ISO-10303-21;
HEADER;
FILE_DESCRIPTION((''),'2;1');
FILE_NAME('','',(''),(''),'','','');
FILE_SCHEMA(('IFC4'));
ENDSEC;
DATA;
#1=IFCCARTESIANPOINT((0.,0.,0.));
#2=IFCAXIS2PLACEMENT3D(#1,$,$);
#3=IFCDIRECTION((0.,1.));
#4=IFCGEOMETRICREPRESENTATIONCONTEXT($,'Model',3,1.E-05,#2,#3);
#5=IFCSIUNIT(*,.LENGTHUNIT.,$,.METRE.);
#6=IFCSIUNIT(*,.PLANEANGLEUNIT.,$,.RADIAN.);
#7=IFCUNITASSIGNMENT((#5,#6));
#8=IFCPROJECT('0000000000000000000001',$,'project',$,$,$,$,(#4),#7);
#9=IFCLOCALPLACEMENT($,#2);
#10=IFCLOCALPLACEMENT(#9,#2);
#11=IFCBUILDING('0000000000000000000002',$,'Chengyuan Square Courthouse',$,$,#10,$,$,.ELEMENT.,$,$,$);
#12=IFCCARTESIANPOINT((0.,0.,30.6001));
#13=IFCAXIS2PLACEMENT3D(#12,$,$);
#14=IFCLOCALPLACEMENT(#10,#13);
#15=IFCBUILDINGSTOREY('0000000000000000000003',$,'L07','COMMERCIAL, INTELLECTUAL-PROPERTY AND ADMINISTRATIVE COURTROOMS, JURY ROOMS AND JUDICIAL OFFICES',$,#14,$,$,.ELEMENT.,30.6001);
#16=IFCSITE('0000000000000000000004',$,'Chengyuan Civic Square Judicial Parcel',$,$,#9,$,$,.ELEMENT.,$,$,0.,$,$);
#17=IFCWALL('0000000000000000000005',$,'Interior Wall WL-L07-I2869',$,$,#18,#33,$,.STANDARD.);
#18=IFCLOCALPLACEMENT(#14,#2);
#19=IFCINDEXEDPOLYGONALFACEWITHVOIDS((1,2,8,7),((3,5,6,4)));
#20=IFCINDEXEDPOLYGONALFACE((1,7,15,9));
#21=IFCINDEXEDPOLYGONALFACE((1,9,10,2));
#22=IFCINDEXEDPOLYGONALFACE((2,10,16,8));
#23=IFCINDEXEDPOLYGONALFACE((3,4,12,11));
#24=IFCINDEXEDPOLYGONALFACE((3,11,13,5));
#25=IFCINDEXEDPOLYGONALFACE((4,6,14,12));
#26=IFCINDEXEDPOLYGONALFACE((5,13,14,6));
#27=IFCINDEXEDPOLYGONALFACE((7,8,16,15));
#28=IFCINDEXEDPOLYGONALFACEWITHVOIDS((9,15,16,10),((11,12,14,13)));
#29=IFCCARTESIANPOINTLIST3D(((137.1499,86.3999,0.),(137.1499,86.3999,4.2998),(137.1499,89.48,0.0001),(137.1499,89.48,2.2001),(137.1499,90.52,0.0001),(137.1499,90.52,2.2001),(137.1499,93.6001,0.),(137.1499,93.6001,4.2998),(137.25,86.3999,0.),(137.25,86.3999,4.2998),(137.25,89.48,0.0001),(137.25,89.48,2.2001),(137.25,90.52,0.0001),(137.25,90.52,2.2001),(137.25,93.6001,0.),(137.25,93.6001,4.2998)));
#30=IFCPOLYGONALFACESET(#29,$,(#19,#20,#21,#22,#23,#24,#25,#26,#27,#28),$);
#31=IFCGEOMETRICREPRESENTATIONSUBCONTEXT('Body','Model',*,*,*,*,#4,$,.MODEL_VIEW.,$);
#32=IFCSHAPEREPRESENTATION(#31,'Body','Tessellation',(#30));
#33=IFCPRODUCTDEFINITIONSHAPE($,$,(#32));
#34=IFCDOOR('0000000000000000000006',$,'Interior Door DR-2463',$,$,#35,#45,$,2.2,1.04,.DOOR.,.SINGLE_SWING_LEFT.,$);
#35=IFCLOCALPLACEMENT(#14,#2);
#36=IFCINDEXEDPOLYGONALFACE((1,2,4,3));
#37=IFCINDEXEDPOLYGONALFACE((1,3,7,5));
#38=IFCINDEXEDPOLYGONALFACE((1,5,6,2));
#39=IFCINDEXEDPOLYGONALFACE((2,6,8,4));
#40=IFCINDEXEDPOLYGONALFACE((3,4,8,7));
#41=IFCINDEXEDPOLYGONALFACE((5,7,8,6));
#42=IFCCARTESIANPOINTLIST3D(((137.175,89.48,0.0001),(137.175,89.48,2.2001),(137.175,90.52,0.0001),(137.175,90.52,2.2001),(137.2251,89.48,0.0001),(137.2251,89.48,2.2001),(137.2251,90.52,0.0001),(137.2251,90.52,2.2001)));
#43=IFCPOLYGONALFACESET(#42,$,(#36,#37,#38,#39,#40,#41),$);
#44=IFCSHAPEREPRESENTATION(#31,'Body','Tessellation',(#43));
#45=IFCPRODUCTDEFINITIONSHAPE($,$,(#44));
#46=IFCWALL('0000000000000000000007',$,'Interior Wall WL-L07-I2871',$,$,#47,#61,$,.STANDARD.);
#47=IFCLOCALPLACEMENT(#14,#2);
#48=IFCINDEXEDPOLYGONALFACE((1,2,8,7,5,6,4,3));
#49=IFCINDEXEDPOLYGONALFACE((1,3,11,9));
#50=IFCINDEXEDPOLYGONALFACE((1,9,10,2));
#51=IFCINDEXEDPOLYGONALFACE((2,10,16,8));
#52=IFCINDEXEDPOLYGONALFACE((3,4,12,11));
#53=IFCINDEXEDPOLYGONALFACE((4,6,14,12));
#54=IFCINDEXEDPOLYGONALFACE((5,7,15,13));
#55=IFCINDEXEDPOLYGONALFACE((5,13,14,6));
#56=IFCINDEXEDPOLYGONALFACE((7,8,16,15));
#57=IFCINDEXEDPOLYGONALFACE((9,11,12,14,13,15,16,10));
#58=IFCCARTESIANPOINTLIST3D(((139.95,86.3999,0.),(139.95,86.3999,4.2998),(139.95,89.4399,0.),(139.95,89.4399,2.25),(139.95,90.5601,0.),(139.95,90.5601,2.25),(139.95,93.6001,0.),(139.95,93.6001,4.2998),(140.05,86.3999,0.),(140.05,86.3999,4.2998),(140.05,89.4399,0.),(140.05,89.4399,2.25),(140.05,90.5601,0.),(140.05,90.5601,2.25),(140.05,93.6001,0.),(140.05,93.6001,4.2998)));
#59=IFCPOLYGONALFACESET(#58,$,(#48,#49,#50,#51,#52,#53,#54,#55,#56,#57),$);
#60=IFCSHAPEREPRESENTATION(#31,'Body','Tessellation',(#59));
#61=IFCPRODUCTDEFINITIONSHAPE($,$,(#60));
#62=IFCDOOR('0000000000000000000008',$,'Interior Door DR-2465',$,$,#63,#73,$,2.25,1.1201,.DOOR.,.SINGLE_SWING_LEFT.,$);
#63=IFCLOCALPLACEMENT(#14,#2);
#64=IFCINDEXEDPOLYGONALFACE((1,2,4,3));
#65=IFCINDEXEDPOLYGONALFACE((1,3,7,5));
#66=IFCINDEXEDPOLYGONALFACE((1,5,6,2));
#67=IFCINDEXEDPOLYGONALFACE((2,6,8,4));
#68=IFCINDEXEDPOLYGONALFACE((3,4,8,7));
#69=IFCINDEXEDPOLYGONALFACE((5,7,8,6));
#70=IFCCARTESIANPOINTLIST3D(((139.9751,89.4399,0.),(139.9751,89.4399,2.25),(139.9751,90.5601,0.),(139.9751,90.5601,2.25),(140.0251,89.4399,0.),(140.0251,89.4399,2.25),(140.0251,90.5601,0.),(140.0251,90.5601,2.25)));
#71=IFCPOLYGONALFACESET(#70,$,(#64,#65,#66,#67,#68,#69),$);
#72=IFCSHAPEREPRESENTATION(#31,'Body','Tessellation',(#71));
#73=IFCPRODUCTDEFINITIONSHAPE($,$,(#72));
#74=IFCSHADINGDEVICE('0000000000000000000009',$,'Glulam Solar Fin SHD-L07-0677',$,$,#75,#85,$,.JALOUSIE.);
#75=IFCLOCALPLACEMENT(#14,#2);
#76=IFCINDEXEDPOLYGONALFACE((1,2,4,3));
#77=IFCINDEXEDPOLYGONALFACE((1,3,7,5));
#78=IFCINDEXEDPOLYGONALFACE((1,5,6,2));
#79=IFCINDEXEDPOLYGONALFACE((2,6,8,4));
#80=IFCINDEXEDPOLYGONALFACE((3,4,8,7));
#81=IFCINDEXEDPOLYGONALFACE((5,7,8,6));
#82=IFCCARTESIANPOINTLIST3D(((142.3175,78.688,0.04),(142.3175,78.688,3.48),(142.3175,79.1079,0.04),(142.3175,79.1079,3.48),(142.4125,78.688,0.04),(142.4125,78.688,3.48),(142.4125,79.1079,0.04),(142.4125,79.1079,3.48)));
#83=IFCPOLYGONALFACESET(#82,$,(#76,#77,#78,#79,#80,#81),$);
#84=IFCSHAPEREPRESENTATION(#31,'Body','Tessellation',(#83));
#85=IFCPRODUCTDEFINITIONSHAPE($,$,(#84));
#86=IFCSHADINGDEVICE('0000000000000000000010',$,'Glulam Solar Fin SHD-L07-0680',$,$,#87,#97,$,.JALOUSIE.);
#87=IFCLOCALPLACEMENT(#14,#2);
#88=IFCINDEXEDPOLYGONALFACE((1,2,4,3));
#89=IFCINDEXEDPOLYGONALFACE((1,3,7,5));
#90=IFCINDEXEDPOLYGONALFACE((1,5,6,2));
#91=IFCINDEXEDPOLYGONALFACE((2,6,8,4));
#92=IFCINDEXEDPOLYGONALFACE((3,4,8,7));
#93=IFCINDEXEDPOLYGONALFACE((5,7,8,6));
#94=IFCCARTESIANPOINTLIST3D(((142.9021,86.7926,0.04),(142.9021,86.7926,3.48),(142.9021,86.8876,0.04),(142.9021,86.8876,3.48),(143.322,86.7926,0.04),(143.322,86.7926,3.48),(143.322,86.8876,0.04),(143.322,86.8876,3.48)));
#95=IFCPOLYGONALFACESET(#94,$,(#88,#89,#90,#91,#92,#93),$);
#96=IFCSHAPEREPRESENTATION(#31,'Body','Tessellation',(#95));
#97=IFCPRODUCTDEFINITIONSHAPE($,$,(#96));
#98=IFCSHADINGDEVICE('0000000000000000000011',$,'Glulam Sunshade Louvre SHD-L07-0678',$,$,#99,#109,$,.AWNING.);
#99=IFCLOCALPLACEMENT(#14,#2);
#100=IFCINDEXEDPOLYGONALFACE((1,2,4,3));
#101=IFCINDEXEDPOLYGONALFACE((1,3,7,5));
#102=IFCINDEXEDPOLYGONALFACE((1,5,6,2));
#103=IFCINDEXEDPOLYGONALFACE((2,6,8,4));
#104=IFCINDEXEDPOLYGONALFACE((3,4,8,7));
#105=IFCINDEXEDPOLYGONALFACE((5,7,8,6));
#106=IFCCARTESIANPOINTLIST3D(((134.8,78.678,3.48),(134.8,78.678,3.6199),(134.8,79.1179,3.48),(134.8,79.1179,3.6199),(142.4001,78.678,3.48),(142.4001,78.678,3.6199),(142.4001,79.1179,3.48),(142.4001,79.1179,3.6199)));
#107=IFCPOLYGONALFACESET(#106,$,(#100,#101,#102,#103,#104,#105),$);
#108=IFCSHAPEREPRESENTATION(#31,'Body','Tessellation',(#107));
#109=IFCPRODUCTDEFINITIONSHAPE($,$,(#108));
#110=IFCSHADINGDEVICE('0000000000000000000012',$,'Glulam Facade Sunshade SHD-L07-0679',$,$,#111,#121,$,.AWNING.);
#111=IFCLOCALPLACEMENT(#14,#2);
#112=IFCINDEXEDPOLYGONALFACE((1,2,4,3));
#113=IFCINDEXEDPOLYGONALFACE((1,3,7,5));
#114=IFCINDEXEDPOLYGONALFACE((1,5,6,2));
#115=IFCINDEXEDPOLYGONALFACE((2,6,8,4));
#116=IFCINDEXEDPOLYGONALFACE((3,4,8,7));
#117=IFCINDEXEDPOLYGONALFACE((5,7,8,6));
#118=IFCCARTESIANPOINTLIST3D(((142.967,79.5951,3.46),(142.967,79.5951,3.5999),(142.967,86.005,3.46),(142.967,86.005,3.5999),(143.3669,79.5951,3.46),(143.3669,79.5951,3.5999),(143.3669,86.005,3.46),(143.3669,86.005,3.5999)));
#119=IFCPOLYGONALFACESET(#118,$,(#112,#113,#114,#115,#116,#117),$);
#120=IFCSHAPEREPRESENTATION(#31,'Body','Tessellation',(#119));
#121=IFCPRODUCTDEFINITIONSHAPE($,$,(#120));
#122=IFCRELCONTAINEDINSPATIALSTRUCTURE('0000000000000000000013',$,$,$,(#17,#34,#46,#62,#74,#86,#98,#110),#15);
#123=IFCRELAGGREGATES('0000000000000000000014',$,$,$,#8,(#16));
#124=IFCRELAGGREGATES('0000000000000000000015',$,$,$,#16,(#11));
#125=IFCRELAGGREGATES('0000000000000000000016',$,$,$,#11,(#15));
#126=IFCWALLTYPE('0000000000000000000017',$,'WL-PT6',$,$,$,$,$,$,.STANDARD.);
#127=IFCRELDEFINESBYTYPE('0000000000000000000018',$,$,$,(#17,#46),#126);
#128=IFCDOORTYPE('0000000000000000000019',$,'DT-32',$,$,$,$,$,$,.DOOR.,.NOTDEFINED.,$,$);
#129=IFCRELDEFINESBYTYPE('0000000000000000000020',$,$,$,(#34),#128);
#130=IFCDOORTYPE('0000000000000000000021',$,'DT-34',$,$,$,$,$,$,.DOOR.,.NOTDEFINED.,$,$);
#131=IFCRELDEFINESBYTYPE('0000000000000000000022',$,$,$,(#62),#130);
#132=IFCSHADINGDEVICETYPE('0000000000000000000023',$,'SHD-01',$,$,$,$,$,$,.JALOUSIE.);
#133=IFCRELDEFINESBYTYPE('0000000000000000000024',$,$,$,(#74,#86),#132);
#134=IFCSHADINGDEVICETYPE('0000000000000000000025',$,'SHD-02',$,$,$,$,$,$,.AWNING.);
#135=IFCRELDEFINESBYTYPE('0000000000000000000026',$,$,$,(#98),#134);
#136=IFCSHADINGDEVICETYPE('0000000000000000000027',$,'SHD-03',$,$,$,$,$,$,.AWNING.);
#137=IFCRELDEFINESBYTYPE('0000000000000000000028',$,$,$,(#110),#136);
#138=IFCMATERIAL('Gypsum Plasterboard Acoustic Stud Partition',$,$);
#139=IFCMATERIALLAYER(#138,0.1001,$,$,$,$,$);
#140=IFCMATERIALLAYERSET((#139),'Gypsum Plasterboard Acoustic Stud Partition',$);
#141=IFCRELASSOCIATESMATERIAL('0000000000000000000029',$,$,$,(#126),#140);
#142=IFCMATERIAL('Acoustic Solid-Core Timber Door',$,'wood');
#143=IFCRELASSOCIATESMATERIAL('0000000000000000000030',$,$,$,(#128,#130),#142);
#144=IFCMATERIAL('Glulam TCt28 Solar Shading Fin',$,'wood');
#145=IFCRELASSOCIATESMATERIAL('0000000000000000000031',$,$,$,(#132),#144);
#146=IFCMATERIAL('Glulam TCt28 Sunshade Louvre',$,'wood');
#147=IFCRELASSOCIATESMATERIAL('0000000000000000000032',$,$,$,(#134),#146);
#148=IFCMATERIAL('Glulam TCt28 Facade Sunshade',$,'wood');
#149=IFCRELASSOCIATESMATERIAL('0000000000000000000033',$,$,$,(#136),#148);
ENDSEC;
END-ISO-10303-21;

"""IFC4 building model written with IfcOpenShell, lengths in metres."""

from ifc_helpers import new_model, si_unit, direction, frame, frame_2d, origin, origin_2d, place, context, subcontext, project, spatial, rectangle, extrude, material, layer, layer_set, type_object, element, fill, save


model = new_model("IFC4")

# Units and contexts
model_context = context("Model", 3, precision=1e-05, world=origin(), true_north=direction((0.0, 1.0)))
body_context = subcontext(model_context, "Body", "Model", "MODEL_VIEW")
ifc_project = project(units=[si_unit("LENGTHUNIT", "METRE"), si_unit("PLANEANGLEUNIT", "RADIAN")], contexts=[model_context])

# Site, building, storey
site_placement = place(None, origin())
site = spatial("IfcSite", under=ifc_project, at=site_placement, Name="Chengyuan Civic Square Judicial Parcel", CompositionType="ELEMENT", RefElevation=0.0)
building_placement = place(site_placement, origin())
building = spatial("IfcBuilding", under=site, at=building_placement, Name="Chengyuan Square Courthouse", CompositionType="ELEMENT")
storey_placement = place(building_placement, frame((0.0, 0.0, 30.6001)))
storey = spatial("IfcBuildingStorey", under=building, at=storey_placement, Name="L07", Description="COMMERCIAL, INTELLECTUAL-PROPERTY AND ADMINISTRATIVE COURTROOMS, JURY ROOMS AND JUDICIAL OFFICES", CompositionType="ELEMENT", Elevation=30.6001)

# Walls, openings, doors
ifc_material_1 = material(Name="Gypsum Plasterboard Acoustic Stud Partition")
ifc_layer_1 = layer(ifc_material_1, 0.1001)
ifc_layer_set_1 = layer_set([ifc_layer_1], Name="Gypsum Plasterboard Acoustic Stud Partition")
wall_type_1 = type_object("IfcWallType", Name="WL-PT6", PredefinedType="STANDARD", material=ifc_layer_set_1)
wall_1_placement = place(storey_placement, frame((137.2, 86.3999, 0.0), z_axis=(0.0, 0.0, 1.0), x_axis=(0.0, 1.0, 0.0)))
wall_1 = element("IfcWall", 1, at=wall_1_placement, inside=storey, type_object=wall_type_1, Name="Interior Wall WL-L07-I2869", PredefinedType="STANDARD", context=body_context, shape_type="SweptSolid", body=[
    extrude(rectangle(XDim=7.2002, YDim=0.1001, at=frame_2d((3.6001, 0.0))), origin(), (0.0, 0.0, 1.0), 4.2998),
])
opening_1_placement = place(wall_1_placement, frame((3.0801, 0.0, 0.0)))
opening_1 = element("IfcOpeningElement", 2, at=opening_1_placement, cuts=wall_1, PredefinedType="OPENING", context=body_context, shape_type="SweptSolid", body=[
    extrude(rectangle(XDim=1.04, YDim=2.2, at=frame_2d((0.52, 1.1001))), frame((0.0, 0.062, 0.0), z_axis=(0.0, -1.0, 0.0), x_axis=(1.0, 0.0, 0.0)), (0.0, 0.0, 1.0), 0.124),
])
ifc_material_2 = material(Name="Acoustic Solid-Core Timber Door", Category="wood")
door_type_1 = type_object("IfcDoorType", Name="DT-32", OperationType="NOTDEFINED", PredefinedType="DOOR", material=ifc_material_2)
door_1_placement = place(opening_1_placement, origin())
door_1 = element("IfcDoor", 3, at=door_1_placement, inside=storey, type_object=door_type_1, Name="Interior Door DR-2463", OperationType="SINGLE_SWING_LEFT", OverallHeight=2.2, OverallWidth=1.04, PredefinedType="DOOR", context=body_context, shape_type="SweptSolid", body=[
    extrude(rectangle(XDim=1.04, YDim=2.2, at=frame_2d((0.52, 1.1001))), frame((0.0, 0.0249, 0.0), z_axis=(0.0, -1.0, 0.0), x_axis=(1.0, 0.0, 0.0)), (0.0, 0.0, 1.0), 0.05),
])
fill(opening_1, door_1)
wall_2_placement = place(storey_placement, frame((140.0, 86.3999, 0.0), z_axis=(0.0, 0.0, 1.0), x_axis=(0.0, 1.0, 0.0)))
wall_2 = element("IfcWall", 4, at=wall_2_placement, inside=storey, type_object=wall_type_1, Name="Interior Wall WL-L07-I2871", PredefinedType="STANDARD", context=body_context, shape_type="SweptSolid", body=[
    extrude(rectangle(XDim=7.2002, YDim=0.1001, at=frame_2d((3.6001, 0.0))), origin(), (0.0, 0.0, 1.0), 4.2998),
])
opening_2_placement = place(wall_2_placement, frame((3.04, 0.0, 0.0)))
opening_2 = element("IfcOpeningElement", 5, at=opening_2_placement, cuts=wall_2, PredefinedType="OPENING", context=body_context, shape_type="SweptSolid", body=[
    extrude(rectangle(XDim=1.1201, YDim=2.25, at=frame_2d((0.5601, 1.125))), frame((0.0, 0.062, 0.0), z_axis=(0.0, -1.0, 0.0), x_axis=(1.0, 0.0, 0.0)), (0.0, 0.0, 1.0), 0.124),
])
door_type_2 = type_object("IfcDoorType", Name="DT-34", OperationType="NOTDEFINED", PredefinedType="DOOR", material=ifc_material_2)
door_2_placement = place(opening_2_placement, origin())
door_2 = element("IfcDoor", 6, at=door_2_placement, inside=storey, type_object=door_type_2, Name="Interior Door DR-2465", OperationType="SINGLE_SWING_LEFT", OverallHeight=2.25, OverallWidth=1.1201, PredefinedType="DOOR", context=body_context, shape_type="SweptSolid", body=[
    extrude(rectangle(XDim=1.1201, YDim=2.25, at=frame_2d((0.5601, 1.125))), frame((0.0, 0.0249, 0.0), z_axis=(0.0, -1.0, 0.0), x_axis=(1.0, 0.0, 0.0)), (0.0, 0.0, 1.0), 0.05),
])
fill(opening_2, door_2)

# Shading devices
ifc_material_3 = material(Name="Glulam TCt28 Solar Shading Fin", Category="wood")
shading_device_type_1 = type_object("IfcShadingDeviceType", Name="SHD-01", PredefinedType="JALOUSIE", material=ifc_material_3)
for number, where, z_axis, x_axis, name in (
    (7, (142.365, 78.8979, 0.04), (0.0, 0.0, 1.0), (0.0, 1.0, 0.0), "Glulam Solar Fin SHD-L07-0677"),
    (8, (143.1121, 86.8401, 0.04), (0.0, 0.0, 1.0), (1.0, 0.0, 0.0), "Glulam Solar Fin SHD-L07-0680"),
):
    element("IfcShadingDevice", number, at=place(storey_placement, frame(where, z_axis=z_axis, x_axis=x_axis)), inside=storey, type_object=shading_device_type_1, Name=name, PredefinedType="JALOUSIE", context=body_context, shape_type="SweptSolid", body=[
        extrude(rectangle(XDim=0.4199, YDim=0.095, at=origin_2d()), origin(), (0.0, 0.0, 1.0), 3.4399),
    ])
ifc_material_4 = material(Name="Glulam TCt28 Sunshade Louvre", Category="wood")
shading_device_type_2 = type_object("IfcShadingDeviceType", Name="SHD-02", PredefinedType="AWNING", material=ifc_material_4)
shading_device_1_placement = place(storey_placement, frame((138.6001, 78.8979, 3.48), z_axis=(0.0, 0.0, 1.0), x_axis=(1.0, 0.0, 0.0)))
element("IfcShadingDevice", 9, at=shading_device_1_placement, inside=storey, type_object=shading_device_type_2, Name="Glulam Sunshade Louvre SHD-L07-0678", PredefinedType="AWNING", context=body_context, shape_type="SweptSolid", body=[
    extrude(rectangle(XDim=7.6001, YDim=0.4399, at=origin_2d()), origin(), (0.0, 0.0, 1.0), 0.1399),
])
ifc_material_5 = material(Name="Glulam TCt28 Facade Sunshade", Category="wood")
shading_device_type_3 = type_object("IfcShadingDeviceType", Name="SHD-03", PredefinedType="AWNING", material=ifc_material_5)
shading_device_2_placement = place(storey_placement, frame((143.167, 82.8, 3.46), z_axis=(0.0, 0.0, 1.0), x_axis=(0.0, 1.0, 0.0)))
element("IfcShadingDevice", 10, at=shading_device_2_placement, inside=storey, type_object=shading_device_type_3, Name="Glulam Facade Sunshade SHD-L07-0679", PredefinedType="AWNING", context=body_context, shape_type="SweptSolid", body=[
    extrude(rectangle(XDim=6.4099, YDim=0.3999, at=origin_2d()), origin(), (0.0, 0.0, 1.0), 0.1399),
])

save(model, "model.ifc")
